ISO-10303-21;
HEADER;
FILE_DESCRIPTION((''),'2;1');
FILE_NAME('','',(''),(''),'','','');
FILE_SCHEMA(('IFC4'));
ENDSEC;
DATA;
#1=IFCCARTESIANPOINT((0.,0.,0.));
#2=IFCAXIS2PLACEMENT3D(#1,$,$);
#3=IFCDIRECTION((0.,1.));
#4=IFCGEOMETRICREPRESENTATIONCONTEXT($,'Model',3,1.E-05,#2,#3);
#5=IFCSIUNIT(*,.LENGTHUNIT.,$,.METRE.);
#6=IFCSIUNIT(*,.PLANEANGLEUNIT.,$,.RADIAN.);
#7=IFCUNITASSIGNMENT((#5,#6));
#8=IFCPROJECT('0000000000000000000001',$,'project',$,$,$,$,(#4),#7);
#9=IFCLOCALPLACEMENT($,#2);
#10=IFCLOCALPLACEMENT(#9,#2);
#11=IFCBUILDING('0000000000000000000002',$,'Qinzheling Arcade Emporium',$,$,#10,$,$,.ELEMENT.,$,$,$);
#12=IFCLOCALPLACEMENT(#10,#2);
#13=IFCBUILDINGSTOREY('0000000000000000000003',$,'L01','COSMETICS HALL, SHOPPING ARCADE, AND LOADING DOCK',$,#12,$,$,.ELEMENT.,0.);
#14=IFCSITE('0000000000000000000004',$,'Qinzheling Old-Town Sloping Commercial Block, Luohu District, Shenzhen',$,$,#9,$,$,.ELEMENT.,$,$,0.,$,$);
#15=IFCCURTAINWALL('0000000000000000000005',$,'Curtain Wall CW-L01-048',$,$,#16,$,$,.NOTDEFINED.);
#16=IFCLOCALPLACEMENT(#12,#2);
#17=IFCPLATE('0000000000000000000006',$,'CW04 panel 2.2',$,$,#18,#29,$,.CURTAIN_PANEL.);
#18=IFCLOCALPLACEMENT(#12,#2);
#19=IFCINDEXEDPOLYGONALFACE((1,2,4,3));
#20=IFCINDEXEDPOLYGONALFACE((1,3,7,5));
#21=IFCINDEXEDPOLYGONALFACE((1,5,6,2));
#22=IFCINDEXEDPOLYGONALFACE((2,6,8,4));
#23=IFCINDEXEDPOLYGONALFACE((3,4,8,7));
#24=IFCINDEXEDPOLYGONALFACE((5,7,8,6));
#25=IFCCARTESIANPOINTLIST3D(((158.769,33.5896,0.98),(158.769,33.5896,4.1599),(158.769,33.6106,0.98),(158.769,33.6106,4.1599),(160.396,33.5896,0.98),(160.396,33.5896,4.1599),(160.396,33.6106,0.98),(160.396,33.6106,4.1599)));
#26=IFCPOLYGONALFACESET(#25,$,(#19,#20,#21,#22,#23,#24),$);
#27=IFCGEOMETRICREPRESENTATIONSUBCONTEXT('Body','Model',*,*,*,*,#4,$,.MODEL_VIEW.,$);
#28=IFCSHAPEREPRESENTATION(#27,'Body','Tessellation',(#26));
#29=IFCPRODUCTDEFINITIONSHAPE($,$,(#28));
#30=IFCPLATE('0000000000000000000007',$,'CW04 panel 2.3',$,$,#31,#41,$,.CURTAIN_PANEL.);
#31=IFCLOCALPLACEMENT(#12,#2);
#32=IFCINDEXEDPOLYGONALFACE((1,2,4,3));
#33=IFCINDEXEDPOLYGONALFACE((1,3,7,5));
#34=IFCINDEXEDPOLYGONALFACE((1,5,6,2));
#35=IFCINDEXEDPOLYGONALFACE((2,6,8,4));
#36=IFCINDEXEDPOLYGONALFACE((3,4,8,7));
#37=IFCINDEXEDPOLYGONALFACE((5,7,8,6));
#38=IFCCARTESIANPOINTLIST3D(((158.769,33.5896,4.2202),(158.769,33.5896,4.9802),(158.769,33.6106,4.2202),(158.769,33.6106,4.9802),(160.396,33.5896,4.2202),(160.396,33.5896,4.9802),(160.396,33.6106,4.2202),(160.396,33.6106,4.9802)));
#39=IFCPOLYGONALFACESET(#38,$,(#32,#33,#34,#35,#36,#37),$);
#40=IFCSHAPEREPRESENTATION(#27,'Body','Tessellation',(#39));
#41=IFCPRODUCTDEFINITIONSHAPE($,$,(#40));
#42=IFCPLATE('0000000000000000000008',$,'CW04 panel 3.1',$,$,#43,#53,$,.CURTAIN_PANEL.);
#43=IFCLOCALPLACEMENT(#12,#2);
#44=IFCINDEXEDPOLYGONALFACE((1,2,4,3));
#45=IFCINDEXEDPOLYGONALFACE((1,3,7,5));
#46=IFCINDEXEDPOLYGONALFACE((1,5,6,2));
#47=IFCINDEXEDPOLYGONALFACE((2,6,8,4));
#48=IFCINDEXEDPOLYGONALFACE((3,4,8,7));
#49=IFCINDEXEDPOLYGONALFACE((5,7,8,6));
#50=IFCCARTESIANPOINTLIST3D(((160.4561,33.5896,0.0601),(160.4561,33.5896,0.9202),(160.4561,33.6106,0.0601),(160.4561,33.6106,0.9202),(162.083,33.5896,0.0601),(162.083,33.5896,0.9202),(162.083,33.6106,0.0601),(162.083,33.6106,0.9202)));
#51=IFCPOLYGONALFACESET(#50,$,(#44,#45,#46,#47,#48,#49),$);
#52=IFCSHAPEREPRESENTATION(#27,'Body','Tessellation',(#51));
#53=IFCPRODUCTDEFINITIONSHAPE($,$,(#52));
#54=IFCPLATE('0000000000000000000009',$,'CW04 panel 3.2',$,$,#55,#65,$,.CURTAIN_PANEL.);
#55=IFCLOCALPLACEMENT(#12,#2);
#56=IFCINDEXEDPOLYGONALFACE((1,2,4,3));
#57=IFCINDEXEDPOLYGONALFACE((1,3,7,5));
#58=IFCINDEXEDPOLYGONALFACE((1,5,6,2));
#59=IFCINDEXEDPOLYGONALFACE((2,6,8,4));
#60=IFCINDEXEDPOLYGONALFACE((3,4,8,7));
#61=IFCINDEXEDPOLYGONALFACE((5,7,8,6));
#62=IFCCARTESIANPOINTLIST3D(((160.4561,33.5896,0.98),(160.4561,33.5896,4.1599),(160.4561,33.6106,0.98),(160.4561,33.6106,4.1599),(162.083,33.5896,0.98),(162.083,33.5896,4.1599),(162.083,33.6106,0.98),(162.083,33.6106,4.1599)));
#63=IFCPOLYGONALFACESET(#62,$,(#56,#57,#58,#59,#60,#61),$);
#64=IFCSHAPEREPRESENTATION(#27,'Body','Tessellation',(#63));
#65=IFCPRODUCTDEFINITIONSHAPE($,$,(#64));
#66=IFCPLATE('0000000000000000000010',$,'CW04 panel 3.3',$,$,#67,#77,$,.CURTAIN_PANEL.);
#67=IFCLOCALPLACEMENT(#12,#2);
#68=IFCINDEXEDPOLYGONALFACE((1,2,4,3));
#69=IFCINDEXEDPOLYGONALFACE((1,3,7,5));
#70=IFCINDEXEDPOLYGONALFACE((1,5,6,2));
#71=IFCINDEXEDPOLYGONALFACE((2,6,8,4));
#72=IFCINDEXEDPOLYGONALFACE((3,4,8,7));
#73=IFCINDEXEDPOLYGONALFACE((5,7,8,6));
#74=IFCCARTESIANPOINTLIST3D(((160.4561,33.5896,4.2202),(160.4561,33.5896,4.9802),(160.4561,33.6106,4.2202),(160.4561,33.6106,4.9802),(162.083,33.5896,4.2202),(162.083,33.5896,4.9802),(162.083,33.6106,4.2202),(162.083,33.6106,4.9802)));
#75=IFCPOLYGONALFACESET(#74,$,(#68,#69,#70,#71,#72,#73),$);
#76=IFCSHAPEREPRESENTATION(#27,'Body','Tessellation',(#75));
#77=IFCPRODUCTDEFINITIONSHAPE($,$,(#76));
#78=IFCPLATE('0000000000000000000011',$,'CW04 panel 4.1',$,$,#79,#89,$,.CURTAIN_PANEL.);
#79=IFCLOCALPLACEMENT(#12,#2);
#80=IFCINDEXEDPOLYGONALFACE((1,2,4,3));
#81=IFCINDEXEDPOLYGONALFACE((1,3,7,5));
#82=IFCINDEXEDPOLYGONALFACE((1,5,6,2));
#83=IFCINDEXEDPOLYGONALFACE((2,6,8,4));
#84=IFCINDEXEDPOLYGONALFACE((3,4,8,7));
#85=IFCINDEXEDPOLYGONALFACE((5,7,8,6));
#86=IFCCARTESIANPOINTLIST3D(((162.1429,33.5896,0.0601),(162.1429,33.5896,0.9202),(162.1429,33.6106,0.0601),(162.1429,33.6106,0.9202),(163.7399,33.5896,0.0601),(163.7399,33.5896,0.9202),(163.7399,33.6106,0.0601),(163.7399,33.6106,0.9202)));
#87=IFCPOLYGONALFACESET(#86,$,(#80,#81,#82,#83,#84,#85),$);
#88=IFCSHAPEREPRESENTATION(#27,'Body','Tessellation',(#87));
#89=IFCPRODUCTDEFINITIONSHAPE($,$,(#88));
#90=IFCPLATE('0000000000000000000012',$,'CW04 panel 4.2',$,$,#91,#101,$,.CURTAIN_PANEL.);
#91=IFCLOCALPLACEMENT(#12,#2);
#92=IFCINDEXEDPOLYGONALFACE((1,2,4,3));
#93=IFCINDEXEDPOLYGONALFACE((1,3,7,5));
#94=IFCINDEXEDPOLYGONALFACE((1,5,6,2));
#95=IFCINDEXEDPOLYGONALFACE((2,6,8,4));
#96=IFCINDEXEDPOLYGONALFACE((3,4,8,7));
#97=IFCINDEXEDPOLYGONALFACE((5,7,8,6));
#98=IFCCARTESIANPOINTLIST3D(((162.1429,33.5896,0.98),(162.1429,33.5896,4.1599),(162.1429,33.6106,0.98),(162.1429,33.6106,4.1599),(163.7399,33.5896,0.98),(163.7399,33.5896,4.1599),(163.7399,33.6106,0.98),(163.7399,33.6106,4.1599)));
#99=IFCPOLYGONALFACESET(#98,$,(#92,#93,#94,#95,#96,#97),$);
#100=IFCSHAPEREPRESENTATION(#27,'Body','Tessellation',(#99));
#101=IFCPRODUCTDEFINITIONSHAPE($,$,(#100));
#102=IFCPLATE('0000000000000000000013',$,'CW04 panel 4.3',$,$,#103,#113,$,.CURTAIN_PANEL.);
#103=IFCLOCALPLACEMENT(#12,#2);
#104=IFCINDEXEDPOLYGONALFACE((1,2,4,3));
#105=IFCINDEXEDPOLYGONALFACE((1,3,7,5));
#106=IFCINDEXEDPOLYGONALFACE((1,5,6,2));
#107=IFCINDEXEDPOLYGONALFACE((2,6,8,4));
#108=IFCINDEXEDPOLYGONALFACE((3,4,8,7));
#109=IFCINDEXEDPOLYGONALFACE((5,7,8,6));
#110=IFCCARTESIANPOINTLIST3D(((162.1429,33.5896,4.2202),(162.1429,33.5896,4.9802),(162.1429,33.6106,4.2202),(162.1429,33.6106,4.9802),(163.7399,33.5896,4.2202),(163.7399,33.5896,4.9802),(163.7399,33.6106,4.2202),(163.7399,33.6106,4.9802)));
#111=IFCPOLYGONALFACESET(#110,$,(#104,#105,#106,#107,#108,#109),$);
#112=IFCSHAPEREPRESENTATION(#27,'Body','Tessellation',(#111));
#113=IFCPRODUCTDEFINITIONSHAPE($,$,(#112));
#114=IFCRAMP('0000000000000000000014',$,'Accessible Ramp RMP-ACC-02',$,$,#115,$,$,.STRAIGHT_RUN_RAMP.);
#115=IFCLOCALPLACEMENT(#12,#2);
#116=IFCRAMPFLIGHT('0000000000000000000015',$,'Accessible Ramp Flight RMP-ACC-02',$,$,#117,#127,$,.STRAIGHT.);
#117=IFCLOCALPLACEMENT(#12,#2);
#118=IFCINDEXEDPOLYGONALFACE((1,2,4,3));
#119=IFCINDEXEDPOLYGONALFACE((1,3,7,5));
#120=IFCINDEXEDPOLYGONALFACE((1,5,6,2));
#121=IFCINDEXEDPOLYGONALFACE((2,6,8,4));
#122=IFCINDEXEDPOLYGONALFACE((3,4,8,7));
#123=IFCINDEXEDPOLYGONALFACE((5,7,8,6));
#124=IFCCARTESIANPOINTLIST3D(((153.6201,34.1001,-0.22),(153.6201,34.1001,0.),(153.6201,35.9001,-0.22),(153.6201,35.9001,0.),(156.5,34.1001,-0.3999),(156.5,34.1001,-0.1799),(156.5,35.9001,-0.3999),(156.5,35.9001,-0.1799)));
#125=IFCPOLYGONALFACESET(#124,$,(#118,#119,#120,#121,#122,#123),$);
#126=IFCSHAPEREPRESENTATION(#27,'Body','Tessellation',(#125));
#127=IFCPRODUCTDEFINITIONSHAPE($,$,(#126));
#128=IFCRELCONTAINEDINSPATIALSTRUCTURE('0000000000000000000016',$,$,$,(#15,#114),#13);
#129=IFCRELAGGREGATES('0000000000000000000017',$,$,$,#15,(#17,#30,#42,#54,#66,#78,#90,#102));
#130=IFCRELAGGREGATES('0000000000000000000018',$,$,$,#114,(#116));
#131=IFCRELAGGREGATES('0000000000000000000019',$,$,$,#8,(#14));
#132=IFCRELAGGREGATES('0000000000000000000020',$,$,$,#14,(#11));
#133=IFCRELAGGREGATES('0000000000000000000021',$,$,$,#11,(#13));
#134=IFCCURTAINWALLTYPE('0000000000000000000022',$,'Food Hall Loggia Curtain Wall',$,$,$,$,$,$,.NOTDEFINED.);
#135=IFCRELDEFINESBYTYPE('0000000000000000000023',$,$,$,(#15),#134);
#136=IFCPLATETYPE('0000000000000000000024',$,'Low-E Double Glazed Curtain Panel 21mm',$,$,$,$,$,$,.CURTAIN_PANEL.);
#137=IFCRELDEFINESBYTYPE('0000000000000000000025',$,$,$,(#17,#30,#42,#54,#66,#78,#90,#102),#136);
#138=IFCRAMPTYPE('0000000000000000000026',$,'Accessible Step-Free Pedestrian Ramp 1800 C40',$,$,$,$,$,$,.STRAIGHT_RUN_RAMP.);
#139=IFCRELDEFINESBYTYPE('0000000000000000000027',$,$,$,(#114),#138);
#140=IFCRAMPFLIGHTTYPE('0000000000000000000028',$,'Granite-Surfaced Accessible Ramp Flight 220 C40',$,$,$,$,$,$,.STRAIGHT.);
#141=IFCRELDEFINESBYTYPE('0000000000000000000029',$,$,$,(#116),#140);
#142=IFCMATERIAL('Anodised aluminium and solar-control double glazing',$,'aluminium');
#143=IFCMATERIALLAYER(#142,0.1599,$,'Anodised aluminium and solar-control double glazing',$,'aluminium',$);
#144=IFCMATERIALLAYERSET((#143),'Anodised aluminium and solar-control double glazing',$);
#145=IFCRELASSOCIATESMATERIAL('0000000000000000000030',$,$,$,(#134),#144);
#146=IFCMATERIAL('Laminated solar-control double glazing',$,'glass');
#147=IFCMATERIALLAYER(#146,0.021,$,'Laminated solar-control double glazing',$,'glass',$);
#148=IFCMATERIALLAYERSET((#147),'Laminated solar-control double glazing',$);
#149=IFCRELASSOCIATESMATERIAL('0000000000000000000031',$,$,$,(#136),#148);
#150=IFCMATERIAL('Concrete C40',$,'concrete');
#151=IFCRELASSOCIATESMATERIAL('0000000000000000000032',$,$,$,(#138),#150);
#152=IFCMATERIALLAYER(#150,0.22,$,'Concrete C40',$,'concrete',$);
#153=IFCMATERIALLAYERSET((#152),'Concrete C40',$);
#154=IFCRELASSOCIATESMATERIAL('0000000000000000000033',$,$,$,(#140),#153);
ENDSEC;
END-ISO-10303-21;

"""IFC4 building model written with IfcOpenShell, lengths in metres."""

from ifc_helpers import new_model, si_unit, direction, frame, origin, origin_2d, place, context, subcontext, project, spatial, polyline, rectangle, outline, extrude, material, layer, layer_set, type_object, element, aggregate, save


model = new_model("IFC4")

# Units and contexts
model_context = context("Model", 3, precision=1e-05, world=origin(), true_north=direction((0.0, 1.0)))
body_context = subcontext(model_context, "Body", "Model", "MODEL_VIEW")
ifc_project = project(units=[si_unit("LENGTHUNIT", "METRE"), si_unit("PLANEANGLEUNIT", "RADIAN")], contexts=[model_context])

# Site, building, storey
site_placement = place(None, origin())
site = spatial("IfcSite", under=ifc_project, at=site_placement, Name="Qinzheling Old-Town Sloping Commercial Block, Luohu District, Shenzhen", CompositionType="ELEMENT", RefElevation=0.0)
building_placement = place(site_placement, origin())
building = spatial("IfcBuilding", under=site, at=building_placement, Name="Qinzheling Arcade Emporium", CompositionType="ELEMENT")
storey_placement = place(building_placement, origin())
storey = spatial("IfcBuildingStorey", under=building, at=storey_placement, Name="L01", Description="COSMETICS HALL, SHOPPING ARCADE, AND LOADING DOCK", CompositionType="ELEMENT", Elevation=0.0)

# Curtain wall, plates
ifc_material_1 = material(Name="Anodised aluminium and solar-control double glazing", Category="aluminium")
ifc_layer_1 = layer(ifc_material_1, 0.1599, Name="Anodised aluminium and solar-control double glazing", Category="aluminium")
ifc_layer_set_1 = layer_set([ifc_layer_1], Name="Anodised aluminium and solar-control double glazing")
curtain_wall_type = type_object("IfcCurtainWallType", Name="Food Hall Loggia Curtain Wall", PredefinedType="NOTDEFINED", material=ifc_layer_set_1)
curtain_wall_placement = place(storey_placement, origin())
curtain_wall = element("IfcCurtainWall", 1, at=curtain_wall_placement, inside=storey, type_object=curtain_wall_type, Name="Curtain Wall CW-L01-048", PredefinedType="NOTDEFINED")
ifc_material_2 = material(Name="Laminated solar-control double glazing", Category="glass")
ifc_layer_2 = layer(ifc_material_2, 0.021, Name="Laminated solar-control double glazing", Category="glass")
ifc_layer_set_2 = layer_set([ifc_layer_2], Name="Laminated solar-control double glazing")
plate_type = type_object("IfcPlateType", Name="Low-E Double Glazed Curtain Panel 21mm", PredefinedType="CURTAIN_PANEL", material=ifc_layer_set_2)
plate_1_placement = place(storey_placement, frame((159.5825, 33.6001, 0.98), z_axis=(0.0, 0.0, 1.0), x_axis=(1.0, 0.0, 0.0)))
plate_1 = element("IfcPlate", 2, at=plate_1_placement, type_object=plate_type, Name="CW04 panel 2.2", PredefinedType="CURTAIN_PANEL", context=body_context, shape_type="SweptSolid", body=[
    extrude(rectangle(XDim=1.627, YDim=0.021, at=origin_2d()), origin(), (0.0, 0.0, 1.0), 3.1799),
])
plate_2_placement = place(storey_placement, frame((159.5825, 33.6001, 4.2202), z_axis=(0.0, 0.0, 1.0), x_axis=(1.0, 0.0, 0.0)))
plate_2 = element("IfcPlate", 3, at=plate_2_placement, type_object=plate_type, Name="CW04 panel 2.3", PredefinedType="CURTAIN_PANEL", context=body_context, shape_type="SweptSolid", body=[
    extrude(rectangle(XDim=1.627, YDim=0.021, at=origin_2d()), origin(), (0.0, 0.0, 1.0), 0.76),
])
plate_3_placement = place(storey_placement, frame((161.2695, 33.6001, 0.0601), z_axis=(0.0, 0.0, 1.0), x_axis=(1.0, 0.0, 0.0)))
plate_3 = element("IfcPlate", 4, at=plate_3_placement, type_object=plate_type, Name="CW04 panel 3.1", PredefinedType="CURTAIN_PANEL", context=body_context, shape_type="SweptSolid", body=[
    extrude(rectangle(XDim=1.627, YDim=0.021, at=origin_2d()), origin(), (0.0, 0.0, 1.0), 0.8601),
])
plate_4_placement = place(storey_placement, frame((161.2695, 33.6001, 0.98), z_axis=(0.0, 0.0, 1.0), x_axis=(1.0, 0.0, 0.0)))
plate_4 = element("IfcPlate", 5, at=plate_4_placement, type_object=plate_type, Name="CW04 panel 3.2", PredefinedType="CURTAIN_PANEL", context=body_context, shape_type="SweptSolid", body=[
    extrude(rectangle(XDim=1.627, YDim=0.021, at=origin_2d()), origin(), (0.0, 0.0, 1.0), 3.1799),
])
plate_5_placement = place(storey_placement, frame((161.2695, 33.6001, 4.2202), z_axis=(0.0, 0.0, 1.0), x_axis=(1.0, 0.0, 0.0)))
plate_5 = element("IfcPlate", 6, at=plate_5_placement, type_object=plate_type, Name="CW04 panel 3.3", PredefinedType="CURTAIN_PANEL", context=body_context, shape_type="SweptSolid", body=[
    extrude(rectangle(XDim=1.627, YDim=0.021, at=origin_2d()), origin(), (0.0, 0.0, 1.0), 0.76),
])
plate_6_placement = place(storey_placement, frame((162.9414, 33.6001, 0.0601), z_axis=(0.0, 0.0, 1.0), x_axis=(1.0, 0.0, 0.0)))
plate_6 = element("IfcPlate", 7, at=plate_6_placement, type_object=plate_type, Name="CW04 panel 4.1", PredefinedType="CURTAIN_PANEL", context=body_context, shape_type="SweptSolid", body=[
    extrude(rectangle(XDim=1.5969, YDim=0.021, at=origin_2d()), origin(), (0.0, 0.0, 1.0), 0.8601),
])
plate_7_placement = place(storey_placement, frame((162.9414, 33.6001, 0.98), z_axis=(0.0, 0.0, 1.0), x_axis=(1.0, 0.0, 0.0)))
plate_7 = element("IfcPlate", 8, at=plate_7_placement, type_object=plate_type, Name="CW04 panel 4.2", PredefinedType="CURTAIN_PANEL", context=body_context, shape_type="SweptSolid", body=[
    extrude(rectangle(XDim=1.5969, YDim=0.021, at=origin_2d()), origin(), (0.0, 0.0, 1.0), 3.1799),
])
plate_8_placement = place(storey_placement, frame((162.9414, 33.6001, 4.2202), z_axis=(0.0, 0.0, 1.0), x_axis=(1.0, 0.0, 0.0)))
plate_8 = element("IfcPlate", 9, at=plate_8_placement, type_object=plate_type, Name="CW04 panel 4.3", PredefinedType="CURTAIN_PANEL", context=body_context, shape_type="SweptSolid", body=[
    extrude(rectangle(XDim=1.5969, YDim=0.021, at=origin_2d()), origin(), (0.0, 0.0, 1.0), 0.76),
])
aggregate(curtain_wall, [plate_1, plate_2, plate_3, plate_4, plate_5, plate_6, plate_7, plate_8])

# Ramp, ramp flight
ifc_material_3 = material(Name="Concrete C40", Category="concrete")
ramp_type = type_object("IfcRampType", Name="Accessible Step-Free Pedestrian Ramp 1800 C40", PredefinedType="STRAIGHT_RUN_RAMP", material=ifc_material_3)
ramp_placement = place(storey_placement, origin())
ramp = element("IfcRamp", 10, at=ramp_placement, inside=storey, type_object=ramp_type, Name="Accessible Ramp RMP-ACC-02", PredefinedType="STRAIGHT_RUN_RAMP")
ifc_layer_3 = layer(ifc_material_3, 0.22, Name="Concrete C40", Category="concrete")
ifc_layer_set_3 = layer_set([ifc_layer_3], Name="Concrete C40")
ramp_flight_type = type_object("IfcRampFlightType", Name="Granite-Surfaced Accessible Ramp Flight 220 C40", PredefinedType="STRAIGHT", material=ifc_layer_set_3)
ramp_flight_placement = place(storey_placement, frame((156.5, 35.0, -0.1799), z_axis=(0.0, 0.0, 1.0), x_axis=(-1.0, 0.0, 0.0)))
ramp_flight = element("IfcRampFlight", 11, at=ramp_flight_placement, type_object=ramp_flight_type, Name="Accessible Ramp Flight RMP-ACC-02", PredefinedType="STRAIGHT", context=body_context, shape_type="SweptSolid", body=[
    extrude(outline(polyline([(0.0, 0.0), (2.8799, 0.1799), (2.8799, -0.04), (0.0, -0.22), (0.0, 0.0)])), frame((0.0, 0.8999, 0.0), z_axis=(0.0, -1.0, 0.0), x_axis=(1.0, 0.0, 0.0)), (0.0, 0.0, 1.0), 1.8),
])
aggregate(ramp, [ramp_flight])

save(model, "model.ifc")
